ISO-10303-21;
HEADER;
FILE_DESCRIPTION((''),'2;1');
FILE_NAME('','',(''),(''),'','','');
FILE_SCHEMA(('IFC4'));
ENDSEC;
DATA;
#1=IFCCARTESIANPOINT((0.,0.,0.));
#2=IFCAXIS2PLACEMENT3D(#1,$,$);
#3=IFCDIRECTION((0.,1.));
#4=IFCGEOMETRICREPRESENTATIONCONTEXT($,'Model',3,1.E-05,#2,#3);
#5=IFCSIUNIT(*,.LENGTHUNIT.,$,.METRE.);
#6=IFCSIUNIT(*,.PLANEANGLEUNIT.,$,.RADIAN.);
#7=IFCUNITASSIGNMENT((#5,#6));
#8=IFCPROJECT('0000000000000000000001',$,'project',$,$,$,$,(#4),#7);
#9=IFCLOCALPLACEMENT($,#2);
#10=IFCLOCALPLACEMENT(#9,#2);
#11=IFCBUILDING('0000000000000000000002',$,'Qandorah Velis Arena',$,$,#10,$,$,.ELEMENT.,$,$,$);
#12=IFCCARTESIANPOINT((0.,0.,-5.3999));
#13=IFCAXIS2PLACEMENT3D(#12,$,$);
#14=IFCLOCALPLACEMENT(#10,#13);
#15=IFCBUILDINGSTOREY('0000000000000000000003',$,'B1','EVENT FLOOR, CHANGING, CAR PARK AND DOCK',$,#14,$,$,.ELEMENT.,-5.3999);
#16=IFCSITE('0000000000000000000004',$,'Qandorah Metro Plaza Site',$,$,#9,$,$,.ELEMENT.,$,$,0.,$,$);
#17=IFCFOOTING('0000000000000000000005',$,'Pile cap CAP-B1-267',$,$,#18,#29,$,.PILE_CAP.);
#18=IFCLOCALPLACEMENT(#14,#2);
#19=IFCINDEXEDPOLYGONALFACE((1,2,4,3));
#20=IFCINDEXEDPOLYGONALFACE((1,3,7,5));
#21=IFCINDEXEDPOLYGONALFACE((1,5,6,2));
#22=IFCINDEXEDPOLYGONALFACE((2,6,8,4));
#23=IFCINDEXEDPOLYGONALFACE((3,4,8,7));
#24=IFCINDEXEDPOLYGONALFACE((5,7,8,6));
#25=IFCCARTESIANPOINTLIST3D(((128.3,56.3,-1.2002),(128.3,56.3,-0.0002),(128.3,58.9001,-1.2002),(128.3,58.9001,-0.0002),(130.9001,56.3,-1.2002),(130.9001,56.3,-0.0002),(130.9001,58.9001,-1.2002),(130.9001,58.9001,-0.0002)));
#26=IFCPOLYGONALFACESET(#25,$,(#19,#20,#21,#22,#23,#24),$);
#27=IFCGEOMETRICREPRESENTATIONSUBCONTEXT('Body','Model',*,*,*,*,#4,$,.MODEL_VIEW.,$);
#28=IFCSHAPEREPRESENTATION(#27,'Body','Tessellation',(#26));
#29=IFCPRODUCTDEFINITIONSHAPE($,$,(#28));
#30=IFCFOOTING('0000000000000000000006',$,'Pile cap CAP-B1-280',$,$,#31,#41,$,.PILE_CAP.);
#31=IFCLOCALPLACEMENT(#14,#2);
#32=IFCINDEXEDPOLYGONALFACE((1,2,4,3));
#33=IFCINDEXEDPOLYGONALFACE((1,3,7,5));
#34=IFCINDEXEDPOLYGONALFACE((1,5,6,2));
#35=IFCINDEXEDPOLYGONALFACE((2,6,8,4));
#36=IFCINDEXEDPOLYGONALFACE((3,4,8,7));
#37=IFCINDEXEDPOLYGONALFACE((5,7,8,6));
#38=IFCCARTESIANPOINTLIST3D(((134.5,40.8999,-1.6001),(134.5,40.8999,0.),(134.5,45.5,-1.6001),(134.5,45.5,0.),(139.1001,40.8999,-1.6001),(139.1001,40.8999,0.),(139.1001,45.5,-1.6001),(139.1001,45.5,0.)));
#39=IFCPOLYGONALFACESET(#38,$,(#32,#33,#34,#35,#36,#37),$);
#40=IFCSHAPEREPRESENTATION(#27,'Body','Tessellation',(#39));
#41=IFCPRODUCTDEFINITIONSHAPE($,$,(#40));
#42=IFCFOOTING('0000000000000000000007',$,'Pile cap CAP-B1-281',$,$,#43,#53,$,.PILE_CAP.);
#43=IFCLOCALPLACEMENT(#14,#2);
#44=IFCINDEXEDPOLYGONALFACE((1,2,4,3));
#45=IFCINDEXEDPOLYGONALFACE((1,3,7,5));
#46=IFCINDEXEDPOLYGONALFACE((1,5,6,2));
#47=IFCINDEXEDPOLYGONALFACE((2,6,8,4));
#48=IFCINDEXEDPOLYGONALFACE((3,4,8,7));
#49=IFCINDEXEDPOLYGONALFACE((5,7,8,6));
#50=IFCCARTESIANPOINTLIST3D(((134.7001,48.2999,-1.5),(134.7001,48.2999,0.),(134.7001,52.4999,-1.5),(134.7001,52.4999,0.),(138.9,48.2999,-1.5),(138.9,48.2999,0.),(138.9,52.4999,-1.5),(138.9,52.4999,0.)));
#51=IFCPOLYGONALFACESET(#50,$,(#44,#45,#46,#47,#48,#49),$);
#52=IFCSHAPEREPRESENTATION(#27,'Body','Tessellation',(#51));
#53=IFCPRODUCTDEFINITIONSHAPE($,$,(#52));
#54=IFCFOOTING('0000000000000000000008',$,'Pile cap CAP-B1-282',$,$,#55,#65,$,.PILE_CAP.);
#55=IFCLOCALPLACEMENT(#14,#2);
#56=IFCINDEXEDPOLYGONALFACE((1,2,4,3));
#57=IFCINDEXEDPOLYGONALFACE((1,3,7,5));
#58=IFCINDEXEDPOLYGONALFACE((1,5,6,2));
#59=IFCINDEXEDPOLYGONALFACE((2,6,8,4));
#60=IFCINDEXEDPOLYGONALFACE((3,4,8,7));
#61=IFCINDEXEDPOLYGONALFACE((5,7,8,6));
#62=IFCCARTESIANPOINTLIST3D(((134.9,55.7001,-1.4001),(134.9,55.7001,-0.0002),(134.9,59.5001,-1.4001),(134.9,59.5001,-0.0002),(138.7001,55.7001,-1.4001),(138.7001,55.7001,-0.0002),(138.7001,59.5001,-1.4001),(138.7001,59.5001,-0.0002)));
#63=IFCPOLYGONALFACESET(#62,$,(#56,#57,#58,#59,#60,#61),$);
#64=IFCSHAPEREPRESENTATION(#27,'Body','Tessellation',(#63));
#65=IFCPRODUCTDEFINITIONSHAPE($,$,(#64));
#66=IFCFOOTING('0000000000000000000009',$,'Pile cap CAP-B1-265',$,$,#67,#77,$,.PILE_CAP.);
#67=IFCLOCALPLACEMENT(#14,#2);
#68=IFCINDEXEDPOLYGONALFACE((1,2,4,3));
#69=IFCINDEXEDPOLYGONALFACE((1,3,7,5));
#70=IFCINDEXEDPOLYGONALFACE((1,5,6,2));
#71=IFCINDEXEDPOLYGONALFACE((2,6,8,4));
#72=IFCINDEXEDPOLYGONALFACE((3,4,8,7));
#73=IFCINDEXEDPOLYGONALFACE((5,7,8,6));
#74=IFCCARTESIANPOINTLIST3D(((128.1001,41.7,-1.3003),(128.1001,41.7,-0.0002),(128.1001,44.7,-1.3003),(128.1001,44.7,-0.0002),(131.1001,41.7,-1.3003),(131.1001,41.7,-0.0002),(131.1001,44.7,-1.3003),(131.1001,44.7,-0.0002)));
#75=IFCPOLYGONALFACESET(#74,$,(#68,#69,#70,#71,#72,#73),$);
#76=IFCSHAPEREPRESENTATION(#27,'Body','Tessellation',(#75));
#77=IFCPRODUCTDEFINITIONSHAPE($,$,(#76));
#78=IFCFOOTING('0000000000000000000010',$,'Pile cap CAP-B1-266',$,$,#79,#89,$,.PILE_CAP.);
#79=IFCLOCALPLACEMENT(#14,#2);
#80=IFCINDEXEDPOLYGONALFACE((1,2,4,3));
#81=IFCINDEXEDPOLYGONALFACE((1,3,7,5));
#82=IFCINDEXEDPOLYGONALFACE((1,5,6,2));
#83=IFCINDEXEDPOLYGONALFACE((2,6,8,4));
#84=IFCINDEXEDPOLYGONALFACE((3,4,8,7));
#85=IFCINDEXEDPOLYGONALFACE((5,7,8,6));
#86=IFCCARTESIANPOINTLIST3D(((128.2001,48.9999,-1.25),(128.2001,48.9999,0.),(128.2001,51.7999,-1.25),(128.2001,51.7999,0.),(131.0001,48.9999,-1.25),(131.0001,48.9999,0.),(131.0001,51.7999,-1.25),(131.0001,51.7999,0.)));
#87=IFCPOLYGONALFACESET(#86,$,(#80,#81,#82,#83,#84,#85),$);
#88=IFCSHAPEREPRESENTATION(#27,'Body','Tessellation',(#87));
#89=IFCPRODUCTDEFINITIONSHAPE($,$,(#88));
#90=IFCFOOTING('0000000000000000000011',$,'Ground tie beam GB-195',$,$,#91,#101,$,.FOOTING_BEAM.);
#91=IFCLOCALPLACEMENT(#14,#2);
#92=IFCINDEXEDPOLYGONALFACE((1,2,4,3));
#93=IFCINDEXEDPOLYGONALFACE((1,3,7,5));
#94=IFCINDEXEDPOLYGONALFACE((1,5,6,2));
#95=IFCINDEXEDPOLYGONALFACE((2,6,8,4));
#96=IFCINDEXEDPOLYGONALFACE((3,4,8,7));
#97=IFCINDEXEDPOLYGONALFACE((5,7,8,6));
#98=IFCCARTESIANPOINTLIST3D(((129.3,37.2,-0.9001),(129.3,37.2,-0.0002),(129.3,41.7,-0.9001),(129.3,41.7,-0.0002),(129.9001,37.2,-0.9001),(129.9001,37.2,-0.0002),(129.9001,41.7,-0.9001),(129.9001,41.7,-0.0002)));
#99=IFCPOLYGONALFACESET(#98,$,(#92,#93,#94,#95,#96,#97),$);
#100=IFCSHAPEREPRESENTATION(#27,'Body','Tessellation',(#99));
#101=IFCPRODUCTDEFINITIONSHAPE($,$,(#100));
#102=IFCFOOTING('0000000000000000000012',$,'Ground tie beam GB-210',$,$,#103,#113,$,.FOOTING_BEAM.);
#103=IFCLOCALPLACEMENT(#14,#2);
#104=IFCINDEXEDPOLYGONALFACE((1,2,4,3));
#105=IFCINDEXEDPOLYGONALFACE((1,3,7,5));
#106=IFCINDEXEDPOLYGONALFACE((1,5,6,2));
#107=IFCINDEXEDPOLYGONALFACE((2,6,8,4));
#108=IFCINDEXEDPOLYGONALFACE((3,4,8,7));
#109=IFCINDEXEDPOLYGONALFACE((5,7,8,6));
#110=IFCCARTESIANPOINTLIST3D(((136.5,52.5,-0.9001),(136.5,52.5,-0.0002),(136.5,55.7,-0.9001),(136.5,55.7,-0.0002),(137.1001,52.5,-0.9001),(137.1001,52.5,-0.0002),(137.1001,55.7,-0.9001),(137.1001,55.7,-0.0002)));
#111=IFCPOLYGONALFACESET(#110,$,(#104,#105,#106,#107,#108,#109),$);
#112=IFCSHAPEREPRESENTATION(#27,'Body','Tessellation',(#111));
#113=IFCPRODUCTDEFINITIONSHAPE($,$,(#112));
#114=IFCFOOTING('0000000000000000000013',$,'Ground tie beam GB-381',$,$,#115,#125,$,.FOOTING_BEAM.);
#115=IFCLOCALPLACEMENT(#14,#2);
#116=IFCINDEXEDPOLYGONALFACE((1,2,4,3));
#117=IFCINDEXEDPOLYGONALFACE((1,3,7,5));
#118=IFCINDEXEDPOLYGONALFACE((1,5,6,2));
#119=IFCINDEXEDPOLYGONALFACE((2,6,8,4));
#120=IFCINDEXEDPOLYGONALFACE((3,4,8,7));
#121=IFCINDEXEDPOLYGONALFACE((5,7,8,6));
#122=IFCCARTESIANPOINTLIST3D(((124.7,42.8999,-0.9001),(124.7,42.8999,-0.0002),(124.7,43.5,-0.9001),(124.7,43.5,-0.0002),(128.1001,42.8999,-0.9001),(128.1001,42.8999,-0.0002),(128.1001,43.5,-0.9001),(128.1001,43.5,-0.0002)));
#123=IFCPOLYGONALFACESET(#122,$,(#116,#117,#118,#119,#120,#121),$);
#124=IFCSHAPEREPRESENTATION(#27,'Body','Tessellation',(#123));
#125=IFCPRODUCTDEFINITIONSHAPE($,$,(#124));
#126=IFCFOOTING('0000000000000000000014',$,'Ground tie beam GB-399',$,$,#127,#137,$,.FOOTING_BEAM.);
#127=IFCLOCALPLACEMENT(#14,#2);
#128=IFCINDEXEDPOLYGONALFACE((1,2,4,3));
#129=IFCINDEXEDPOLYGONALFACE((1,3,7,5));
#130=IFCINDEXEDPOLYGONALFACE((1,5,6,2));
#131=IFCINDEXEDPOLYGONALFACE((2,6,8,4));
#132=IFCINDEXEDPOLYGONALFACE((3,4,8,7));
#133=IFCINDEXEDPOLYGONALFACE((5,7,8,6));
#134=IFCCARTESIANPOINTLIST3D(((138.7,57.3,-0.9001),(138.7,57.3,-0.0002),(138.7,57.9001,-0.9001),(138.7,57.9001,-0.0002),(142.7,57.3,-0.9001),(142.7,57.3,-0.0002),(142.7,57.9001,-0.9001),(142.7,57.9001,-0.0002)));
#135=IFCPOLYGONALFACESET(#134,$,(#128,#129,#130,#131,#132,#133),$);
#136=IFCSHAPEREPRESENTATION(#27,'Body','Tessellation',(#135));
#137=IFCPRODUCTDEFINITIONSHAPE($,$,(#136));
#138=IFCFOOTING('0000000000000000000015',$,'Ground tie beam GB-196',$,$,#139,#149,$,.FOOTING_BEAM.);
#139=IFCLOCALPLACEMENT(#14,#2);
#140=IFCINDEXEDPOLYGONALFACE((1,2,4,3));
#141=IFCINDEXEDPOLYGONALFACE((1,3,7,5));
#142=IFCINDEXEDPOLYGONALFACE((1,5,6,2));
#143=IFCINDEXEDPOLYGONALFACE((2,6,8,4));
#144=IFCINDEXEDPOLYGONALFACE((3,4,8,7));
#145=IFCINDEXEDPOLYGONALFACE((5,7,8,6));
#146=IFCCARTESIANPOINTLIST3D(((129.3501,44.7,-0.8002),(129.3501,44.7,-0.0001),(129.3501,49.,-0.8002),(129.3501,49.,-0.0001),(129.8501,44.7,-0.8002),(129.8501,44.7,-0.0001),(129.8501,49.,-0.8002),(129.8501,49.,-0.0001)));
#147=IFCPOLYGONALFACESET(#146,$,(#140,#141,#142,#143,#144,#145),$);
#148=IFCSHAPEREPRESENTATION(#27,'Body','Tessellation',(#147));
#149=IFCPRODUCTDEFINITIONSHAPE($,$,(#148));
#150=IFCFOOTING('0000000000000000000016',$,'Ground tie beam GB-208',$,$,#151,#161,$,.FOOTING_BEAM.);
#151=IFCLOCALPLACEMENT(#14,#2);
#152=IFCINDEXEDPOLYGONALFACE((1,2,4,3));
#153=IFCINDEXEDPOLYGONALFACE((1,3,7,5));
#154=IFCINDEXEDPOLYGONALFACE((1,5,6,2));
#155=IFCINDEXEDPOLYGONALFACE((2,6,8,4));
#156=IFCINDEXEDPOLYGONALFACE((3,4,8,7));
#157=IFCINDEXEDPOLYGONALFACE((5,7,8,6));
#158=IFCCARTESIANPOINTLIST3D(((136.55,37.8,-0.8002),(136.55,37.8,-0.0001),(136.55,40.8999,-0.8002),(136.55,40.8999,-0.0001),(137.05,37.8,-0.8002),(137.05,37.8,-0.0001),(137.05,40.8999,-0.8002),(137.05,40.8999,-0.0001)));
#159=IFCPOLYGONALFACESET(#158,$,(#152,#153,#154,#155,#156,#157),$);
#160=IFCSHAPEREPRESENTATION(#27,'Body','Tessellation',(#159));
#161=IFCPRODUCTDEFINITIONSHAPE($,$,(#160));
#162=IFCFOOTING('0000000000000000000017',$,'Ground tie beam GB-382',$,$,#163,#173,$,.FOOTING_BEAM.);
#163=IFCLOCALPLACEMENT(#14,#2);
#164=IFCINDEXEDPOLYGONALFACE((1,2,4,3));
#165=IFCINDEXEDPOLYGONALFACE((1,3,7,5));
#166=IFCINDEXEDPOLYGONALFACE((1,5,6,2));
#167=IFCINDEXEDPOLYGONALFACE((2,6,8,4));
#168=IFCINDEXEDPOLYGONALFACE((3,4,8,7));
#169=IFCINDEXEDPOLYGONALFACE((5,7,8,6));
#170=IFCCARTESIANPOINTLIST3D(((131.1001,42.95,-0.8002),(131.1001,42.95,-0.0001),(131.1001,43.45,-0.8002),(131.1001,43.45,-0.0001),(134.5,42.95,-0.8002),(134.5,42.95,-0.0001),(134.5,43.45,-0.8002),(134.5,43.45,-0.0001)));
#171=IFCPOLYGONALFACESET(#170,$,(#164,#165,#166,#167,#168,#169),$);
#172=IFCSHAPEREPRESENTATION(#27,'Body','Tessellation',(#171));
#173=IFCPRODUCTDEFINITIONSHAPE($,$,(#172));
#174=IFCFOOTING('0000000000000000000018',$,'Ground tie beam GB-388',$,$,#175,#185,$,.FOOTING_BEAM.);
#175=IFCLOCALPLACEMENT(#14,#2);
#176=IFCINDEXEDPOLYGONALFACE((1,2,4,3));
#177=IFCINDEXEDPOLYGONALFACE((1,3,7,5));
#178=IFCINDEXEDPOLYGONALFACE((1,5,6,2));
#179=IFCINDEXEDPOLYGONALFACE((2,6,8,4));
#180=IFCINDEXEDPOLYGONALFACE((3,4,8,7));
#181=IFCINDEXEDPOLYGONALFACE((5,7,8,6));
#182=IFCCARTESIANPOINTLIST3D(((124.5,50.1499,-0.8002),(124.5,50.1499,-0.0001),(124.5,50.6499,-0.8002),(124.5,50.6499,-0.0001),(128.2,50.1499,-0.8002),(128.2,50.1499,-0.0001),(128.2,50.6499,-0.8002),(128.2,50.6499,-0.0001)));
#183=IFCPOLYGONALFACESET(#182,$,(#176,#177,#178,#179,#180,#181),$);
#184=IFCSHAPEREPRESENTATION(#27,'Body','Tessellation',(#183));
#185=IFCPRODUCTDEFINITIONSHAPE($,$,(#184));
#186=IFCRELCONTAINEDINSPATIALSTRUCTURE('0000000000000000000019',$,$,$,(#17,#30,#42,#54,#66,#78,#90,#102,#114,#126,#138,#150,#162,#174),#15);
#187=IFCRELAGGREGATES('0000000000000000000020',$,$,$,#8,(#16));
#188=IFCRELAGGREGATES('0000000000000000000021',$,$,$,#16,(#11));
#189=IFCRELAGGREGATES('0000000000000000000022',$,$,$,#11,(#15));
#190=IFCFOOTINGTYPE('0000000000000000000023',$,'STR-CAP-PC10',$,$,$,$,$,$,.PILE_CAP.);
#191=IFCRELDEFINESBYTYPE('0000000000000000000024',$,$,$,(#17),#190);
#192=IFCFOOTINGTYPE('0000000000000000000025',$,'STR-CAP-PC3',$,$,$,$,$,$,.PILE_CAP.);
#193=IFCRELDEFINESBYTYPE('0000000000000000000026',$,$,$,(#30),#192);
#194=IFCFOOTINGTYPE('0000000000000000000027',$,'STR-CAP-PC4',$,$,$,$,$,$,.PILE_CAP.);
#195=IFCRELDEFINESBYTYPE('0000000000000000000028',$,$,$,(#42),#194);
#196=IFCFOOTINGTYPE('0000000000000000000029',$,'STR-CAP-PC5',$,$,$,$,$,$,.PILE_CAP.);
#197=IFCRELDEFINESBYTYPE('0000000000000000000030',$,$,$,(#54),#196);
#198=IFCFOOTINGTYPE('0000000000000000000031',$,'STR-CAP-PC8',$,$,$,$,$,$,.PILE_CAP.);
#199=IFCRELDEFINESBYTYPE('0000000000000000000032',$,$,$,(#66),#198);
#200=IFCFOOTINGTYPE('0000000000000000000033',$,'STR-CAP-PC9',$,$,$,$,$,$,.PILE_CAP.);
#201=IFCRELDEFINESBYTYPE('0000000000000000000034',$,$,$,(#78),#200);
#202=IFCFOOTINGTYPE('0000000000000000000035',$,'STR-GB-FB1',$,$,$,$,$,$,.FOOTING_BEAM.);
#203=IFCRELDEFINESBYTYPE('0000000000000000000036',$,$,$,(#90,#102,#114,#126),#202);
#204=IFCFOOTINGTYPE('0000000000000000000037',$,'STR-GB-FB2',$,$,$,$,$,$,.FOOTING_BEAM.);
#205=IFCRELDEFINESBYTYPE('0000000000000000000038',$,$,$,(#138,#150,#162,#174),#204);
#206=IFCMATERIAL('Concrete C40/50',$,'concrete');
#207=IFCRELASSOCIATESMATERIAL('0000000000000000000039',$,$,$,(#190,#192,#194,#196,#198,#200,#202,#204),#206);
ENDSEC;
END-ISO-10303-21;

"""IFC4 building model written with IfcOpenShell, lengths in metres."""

from ifc_helpers import new_model, si_unit, direction, frame, origin, origin_2d, place, context, subcontext, project, spatial, rectangle, extrude, material, material_profile, profile_set, type_object, element, save


model = new_model("IFC4")

# Units and contexts
model_context = context("Model", 3, precision=1e-05, world=origin(), true_north=direction((0.0, 1.0)))
body_context = subcontext(model_context, "Body", "Model", "MODEL_VIEW")
ifc_project = project(units=[si_unit("LENGTHUNIT", "METRE"), si_unit("PLANEANGLEUNIT", "RADIAN")], contexts=[model_context])

# Site, building, storey
site_placement = place(None, origin())
site = spatial("IfcSite", under=ifc_project, at=site_placement, Name="Qandorah Metro Plaza Site", CompositionType="ELEMENT", RefElevation=0.0)
building_placement = place(site_placement, origin())
building = spatial("IfcBuilding", under=site, at=building_placement, Name="Qandorah Velis Arena", CompositionType="ELEMENT")
storey_placement = place(building_placement, frame((0.0, 0.0, -5.3999)))
storey = spatial("IfcBuildingStorey", under=building, at=storey_placement, Name="B1", Description="EVENT FLOOR, CHANGING, CAR PARK AND DOCK", CompositionType="ELEMENT", Elevation=-5.3999)

# Footings
ifc_material = material(Name="Concrete C40/50", Category="concrete")
footing_type_1 = type_object("IfcFootingType", Name="STR-CAP-PC10", PredefinedType="PILE_CAP", material=ifc_material)
footing_1_placement = place(storey_placement, frame((129.6001, 57.6001, -1.2002), z_axis=(0.0, 0.0, 1.0), x_axis=(1.0, 0.0, 0.0)))
element("IfcFooting", 1, at=footing_1_placement, inside=storey, type_object=footing_type_1, Name="Pile cap CAP-B1-267", PredefinedType="PILE_CAP", context=body_context, shape_type="SweptSolid", body=[
    extrude(rectangle(XDim=2.6001, YDim=2.6001, at=origin_2d()), origin(), (0.0, 0.0, 1.0), 1.2),
])
footing_type_2 = type_object("IfcFootingType", Name="STR-CAP-PC3", PredefinedType="PILE_CAP", material=ifc_material)
footing_2_placement = place(storey_placement, frame((136.8, 43.2, -1.6001), z_axis=(0.0, 0.0, 1.0), x_axis=(1.0, 0.0, 0.0)))
element("IfcFooting", 2, at=footing_2_placement, inside=storey, type_object=footing_type_2, Name="Pile cap CAP-B1-280", PredefinedType="PILE_CAP", context=body_context, shape_type="SweptSolid", body=[
    extrude(rectangle(XDim=4.6001, YDim=4.6001, at=origin_2d()), origin(), (0.0, 0.0, 1.0), 1.6001),
])
footing_type_3 = type_object("IfcFootingType", Name="STR-CAP-PC4", PredefinedType="PILE_CAP", material=ifc_material)
footing_3_placement = place(storey_placement, frame((136.8, 50.3999, -1.5), z_axis=(0.0, 0.0, 1.0), x_axis=(1.0, 0.0, 0.0)))
element("IfcFooting", 3, at=footing_3_placement, inside=storey, type_object=footing_type_3, Name="Pile cap CAP-B1-281", PredefinedType="PILE_CAP", context=body_context, shape_type="SweptSolid", body=[
    extrude(rectangle(XDim=4.2, YDim=4.2, at=origin_2d()), origin(), (0.0, 0.0, 1.0), 1.5),
])
footing_type_4 = type_object("IfcFootingType", Name="STR-CAP-PC5", PredefinedType="PILE_CAP", material=ifc_material)
footing_4_placement = place(storey_placement, frame((136.8, 57.6001, -1.4001), z_axis=(0.0, 0.0, 1.0), x_axis=(1.0, 0.0, 0.0)))
element("IfcFooting", 4, at=footing_4_placement, inside=storey, type_object=footing_type_4, Name="Pile cap CAP-B1-282", PredefinedType="PILE_CAP", context=body_context, shape_type="SweptSolid", body=[
    extrude(rectangle(XDim=3.8, YDim=3.8, at=origin_2d()), origin(), (0.0, 0.0, 1.0), 1.3999),
])
footing_type_5 = type_object("IfcFootingType", Name="STR-CAP-PC8", PredefinedType="PILE_CAP", material=ifc_material)
footing_5_placement = place(storey_placement, frame((129.6001, 43.2, -1.3003), z_axis=(0.0, 0.0, 1.0), x_axis=(1.0, 0.0, 0.0)))
element("IfcFooting", 5, at=footing_5_placement, inside=storey, type_object=footing_type_5, Name="Pile cap CAP-B1-265", PredefinedType="PILE_CAP", context=body_context, shape_type="SweptSolid", body=[
    extrude(rectangle(XDim=3.0, YDim=3.0, at=origin_2d()), origin(), (0.0, 0.0, 1.0), 1.3),
])
footing_type_6 = type_object("IfcFootingType", Name="STR-CAP-PC9", PredefinedType="PILE_CAP", material=ifc_material)
footing_6_placement = place(storey_placement, frame((129.6001, 50.3999, -1.25), z_axis=(0.0, 0.0, 1.0), x_axis=(1.0, 0.0, 0.0)))
element("IfcFooting", 6, at=footing_6_placement, inside=storey, type_object=footing_type_6, Name="Pile cap CAP-B1-266", PredefinedType="PILE_CAP", context=body_context, shape_type="SweptSolid", body=[
    extrude(rectangle(XDim=2.8, YDim=2.8, at=origin_2d()), origin(), (0.0, 0.0, 1.0), 1.25),
])
ifc_material_profile_1 = material_profile(ifc_material, rectangle(XDim=0.6001, YDim=0.8999, at=origin_2d()), Name="GB1 600x900")
ifc_profile_set_1 = profile_set([ifc_material_profile_1], Name="Concrete C40/50")
footing_type_7 = type_object("IfcFootingType", Name="STR-GB-FB1", PredefinedType="FOOTING_BEAM", material=ifc_profile_set_1)
footing_7_placement = place(storey_placement, frame((129.6001, 37.2, -0.4502), z_axis=(0.0, 1.0, 0.0), x_axis=(-1.0, 0.0, 0.0)))
element("IfcFooting", 7, at=footing_7_placement, inside=storey, type_object=footing_type_7, Name="Ground tie beam GB-195", PredefinedType="FOOTING_BEAM", context=body_context, shape_type="SweptSolid", body=[
    extrude(rectangle(XDim=0.6001, YDim=0.8999, at=origin_2d()), origin(), (0.0, 0.0, 1.0), 4.5),
])
footing_8_placement = place(storey_placement, frame((136.8, 52.5, -0.4502), z_axis=(0.0, 1.0, 0.0), x_axis=(-1.0, 0.0, 0.0)))
element("IfcFooting", 8, at=footing_8_placement, inside=storey, type_object=footing_type_7, Name="Ground tie beam GB-210", PredefinedType="FOOTING_BEAM", context=body_context, shape_type="SweptSolid", body=[
    extrude(rectangle(XDim=0.6001, YDim=0.8999, at=origin_2d()), origin(), (0.0, 0.0, 1.0), 3.2),
])
footing_9_placement = place(storey_placement, frame((124.7, 43.2, -0.4502), z_axis=(1.0, 0.0, 0.0), x_axis=(0.0, 1.0, 0.0)))
element("IfcFooting", 9, at=footing_9_placement, inside=storey, type_object=footing_type_7, Name="Ground tie beam GB-381", PredefinedType="FOOTING_BEAM", context=body_context, shape_type="SweptSolid", body=[
    extrude(rectangle(XDim=0.6001, YDim=0.8999, at=origin_2d()), origin(), (0.0, 0.0, 1.0), 3.4001),
])
footing_10_placement = place(storey_placement, frame((138.7, 57.6001, -0.4502), z_axis=(1.0, 0.0, 0.0), x_axis=(0.0, 1.0, 0.0)))
element("IfcFooting", 10, at=footing_10_placement, inside=storey, type_object=footing_type_7, Name="Ground tie beam GB-399", PredefinedType="FOOTING_BEAM", context=body_context, shape_type="SweptSolid", body=[
    extrude(rectangle(XDim=0.6001, YDim=0.8999, at=origin_2d()), origin(), (0.0, 0.0, 1.0), 4.0),
])
ifc_material_profile_2 = material_profile(ifc_material, rectangle(XDim=0.5, YDim=0.8, at=origin_2d()), Name="GB2 500x800")
ifc_profile_set_2 = profile_set([ifc_material_profile_2], Name="Concrete C40/50")
footing_type_8 = type_object("IfcFootingType", Name="STR-GB-FB2", PredefinedType="FOOTING_BEAM", material=ifc_profile_set_2)
footing_11_placement = place(storey_placement, frame((129.6001, 44.7, -0.4001), z_axis=(0.0, 1.0, 0.0), x_axis=(-1.0, 0.0, 0.0)))
element("IfcFooting", 11, at=footing_11_placement, inside=storey, type_object=footing_type_8, Name="Ground tie beam GB-196", PredefinedType="FOOTING_BEAM", context=body_context, shape_type="SweptSolid", body=[
    extrude(rectangle(XDim=0.5, YDim=0.8, at=origin_2d()), origin(), (0.0, 0.0, 1.0), 4.3),
])
footing_12_placement = place(storey_placement, frame((136.8, 37.8, -0.4001), z_axis=(0.0, 1.0, 0.0), x_axis=(-1.0, 0.0, 0.0)))
element("IfcFooting", 12, at=footing_12_placement, inside=storey, type_object=footing_type_8, Name="Ground tie beam GB-208", PredefinedType="FOOTING_BEAM", context=body_context, shape_type="SweptSolid", body=[
    extrude(rectangle(XDim=0.5, YDim=0.8, at=origin_2d()), origin(), (0.0, 0.0, 1.0), 3.0999),
])
footing_13_placement = place(storey_placement, frame((131.1001, 43.2, -0.4001), z_axis=(1.0, 0.0, 0.0), x_axis=(0.0, 1.0, 0.0)))
element("IfcFooting", 13, at=footing_13_placement, inside=storey, type_object=footing_type_8, Name="Ground tie beam GB-382", PredefinedType="FOOTING_BEAM", context=body_context, shape_type="SweptSolid", body=[
    extrude(rectangle(XDim=0.5, YDim=0.8, at=origin_2d()), origin(), (0.0, 0.0, 1.0), 3.3999),
])
footing_14_placement = place(storey_placement, frame((124.5, 50.3999, -0.4001), z_axis=(1.0, 0.0, 0.0), x_axis=(0.0, 1.0, 0.0)))
element("IfcFooting", 14, at=footing_14_placement, inside=storey, type_object=footing_type_8, Name="Ground tie beam GB-388", PredefinedType="FOOTING_BEAM", context=body_context, shape_type="SweptSolid", body=[
    extrude(rectangle(XDim=0.5, YDim=0.8, at=origin_2d()), origin(), (0.0, 0.0, 1.0), 3.7),
])

save(model, "model.ifc")
